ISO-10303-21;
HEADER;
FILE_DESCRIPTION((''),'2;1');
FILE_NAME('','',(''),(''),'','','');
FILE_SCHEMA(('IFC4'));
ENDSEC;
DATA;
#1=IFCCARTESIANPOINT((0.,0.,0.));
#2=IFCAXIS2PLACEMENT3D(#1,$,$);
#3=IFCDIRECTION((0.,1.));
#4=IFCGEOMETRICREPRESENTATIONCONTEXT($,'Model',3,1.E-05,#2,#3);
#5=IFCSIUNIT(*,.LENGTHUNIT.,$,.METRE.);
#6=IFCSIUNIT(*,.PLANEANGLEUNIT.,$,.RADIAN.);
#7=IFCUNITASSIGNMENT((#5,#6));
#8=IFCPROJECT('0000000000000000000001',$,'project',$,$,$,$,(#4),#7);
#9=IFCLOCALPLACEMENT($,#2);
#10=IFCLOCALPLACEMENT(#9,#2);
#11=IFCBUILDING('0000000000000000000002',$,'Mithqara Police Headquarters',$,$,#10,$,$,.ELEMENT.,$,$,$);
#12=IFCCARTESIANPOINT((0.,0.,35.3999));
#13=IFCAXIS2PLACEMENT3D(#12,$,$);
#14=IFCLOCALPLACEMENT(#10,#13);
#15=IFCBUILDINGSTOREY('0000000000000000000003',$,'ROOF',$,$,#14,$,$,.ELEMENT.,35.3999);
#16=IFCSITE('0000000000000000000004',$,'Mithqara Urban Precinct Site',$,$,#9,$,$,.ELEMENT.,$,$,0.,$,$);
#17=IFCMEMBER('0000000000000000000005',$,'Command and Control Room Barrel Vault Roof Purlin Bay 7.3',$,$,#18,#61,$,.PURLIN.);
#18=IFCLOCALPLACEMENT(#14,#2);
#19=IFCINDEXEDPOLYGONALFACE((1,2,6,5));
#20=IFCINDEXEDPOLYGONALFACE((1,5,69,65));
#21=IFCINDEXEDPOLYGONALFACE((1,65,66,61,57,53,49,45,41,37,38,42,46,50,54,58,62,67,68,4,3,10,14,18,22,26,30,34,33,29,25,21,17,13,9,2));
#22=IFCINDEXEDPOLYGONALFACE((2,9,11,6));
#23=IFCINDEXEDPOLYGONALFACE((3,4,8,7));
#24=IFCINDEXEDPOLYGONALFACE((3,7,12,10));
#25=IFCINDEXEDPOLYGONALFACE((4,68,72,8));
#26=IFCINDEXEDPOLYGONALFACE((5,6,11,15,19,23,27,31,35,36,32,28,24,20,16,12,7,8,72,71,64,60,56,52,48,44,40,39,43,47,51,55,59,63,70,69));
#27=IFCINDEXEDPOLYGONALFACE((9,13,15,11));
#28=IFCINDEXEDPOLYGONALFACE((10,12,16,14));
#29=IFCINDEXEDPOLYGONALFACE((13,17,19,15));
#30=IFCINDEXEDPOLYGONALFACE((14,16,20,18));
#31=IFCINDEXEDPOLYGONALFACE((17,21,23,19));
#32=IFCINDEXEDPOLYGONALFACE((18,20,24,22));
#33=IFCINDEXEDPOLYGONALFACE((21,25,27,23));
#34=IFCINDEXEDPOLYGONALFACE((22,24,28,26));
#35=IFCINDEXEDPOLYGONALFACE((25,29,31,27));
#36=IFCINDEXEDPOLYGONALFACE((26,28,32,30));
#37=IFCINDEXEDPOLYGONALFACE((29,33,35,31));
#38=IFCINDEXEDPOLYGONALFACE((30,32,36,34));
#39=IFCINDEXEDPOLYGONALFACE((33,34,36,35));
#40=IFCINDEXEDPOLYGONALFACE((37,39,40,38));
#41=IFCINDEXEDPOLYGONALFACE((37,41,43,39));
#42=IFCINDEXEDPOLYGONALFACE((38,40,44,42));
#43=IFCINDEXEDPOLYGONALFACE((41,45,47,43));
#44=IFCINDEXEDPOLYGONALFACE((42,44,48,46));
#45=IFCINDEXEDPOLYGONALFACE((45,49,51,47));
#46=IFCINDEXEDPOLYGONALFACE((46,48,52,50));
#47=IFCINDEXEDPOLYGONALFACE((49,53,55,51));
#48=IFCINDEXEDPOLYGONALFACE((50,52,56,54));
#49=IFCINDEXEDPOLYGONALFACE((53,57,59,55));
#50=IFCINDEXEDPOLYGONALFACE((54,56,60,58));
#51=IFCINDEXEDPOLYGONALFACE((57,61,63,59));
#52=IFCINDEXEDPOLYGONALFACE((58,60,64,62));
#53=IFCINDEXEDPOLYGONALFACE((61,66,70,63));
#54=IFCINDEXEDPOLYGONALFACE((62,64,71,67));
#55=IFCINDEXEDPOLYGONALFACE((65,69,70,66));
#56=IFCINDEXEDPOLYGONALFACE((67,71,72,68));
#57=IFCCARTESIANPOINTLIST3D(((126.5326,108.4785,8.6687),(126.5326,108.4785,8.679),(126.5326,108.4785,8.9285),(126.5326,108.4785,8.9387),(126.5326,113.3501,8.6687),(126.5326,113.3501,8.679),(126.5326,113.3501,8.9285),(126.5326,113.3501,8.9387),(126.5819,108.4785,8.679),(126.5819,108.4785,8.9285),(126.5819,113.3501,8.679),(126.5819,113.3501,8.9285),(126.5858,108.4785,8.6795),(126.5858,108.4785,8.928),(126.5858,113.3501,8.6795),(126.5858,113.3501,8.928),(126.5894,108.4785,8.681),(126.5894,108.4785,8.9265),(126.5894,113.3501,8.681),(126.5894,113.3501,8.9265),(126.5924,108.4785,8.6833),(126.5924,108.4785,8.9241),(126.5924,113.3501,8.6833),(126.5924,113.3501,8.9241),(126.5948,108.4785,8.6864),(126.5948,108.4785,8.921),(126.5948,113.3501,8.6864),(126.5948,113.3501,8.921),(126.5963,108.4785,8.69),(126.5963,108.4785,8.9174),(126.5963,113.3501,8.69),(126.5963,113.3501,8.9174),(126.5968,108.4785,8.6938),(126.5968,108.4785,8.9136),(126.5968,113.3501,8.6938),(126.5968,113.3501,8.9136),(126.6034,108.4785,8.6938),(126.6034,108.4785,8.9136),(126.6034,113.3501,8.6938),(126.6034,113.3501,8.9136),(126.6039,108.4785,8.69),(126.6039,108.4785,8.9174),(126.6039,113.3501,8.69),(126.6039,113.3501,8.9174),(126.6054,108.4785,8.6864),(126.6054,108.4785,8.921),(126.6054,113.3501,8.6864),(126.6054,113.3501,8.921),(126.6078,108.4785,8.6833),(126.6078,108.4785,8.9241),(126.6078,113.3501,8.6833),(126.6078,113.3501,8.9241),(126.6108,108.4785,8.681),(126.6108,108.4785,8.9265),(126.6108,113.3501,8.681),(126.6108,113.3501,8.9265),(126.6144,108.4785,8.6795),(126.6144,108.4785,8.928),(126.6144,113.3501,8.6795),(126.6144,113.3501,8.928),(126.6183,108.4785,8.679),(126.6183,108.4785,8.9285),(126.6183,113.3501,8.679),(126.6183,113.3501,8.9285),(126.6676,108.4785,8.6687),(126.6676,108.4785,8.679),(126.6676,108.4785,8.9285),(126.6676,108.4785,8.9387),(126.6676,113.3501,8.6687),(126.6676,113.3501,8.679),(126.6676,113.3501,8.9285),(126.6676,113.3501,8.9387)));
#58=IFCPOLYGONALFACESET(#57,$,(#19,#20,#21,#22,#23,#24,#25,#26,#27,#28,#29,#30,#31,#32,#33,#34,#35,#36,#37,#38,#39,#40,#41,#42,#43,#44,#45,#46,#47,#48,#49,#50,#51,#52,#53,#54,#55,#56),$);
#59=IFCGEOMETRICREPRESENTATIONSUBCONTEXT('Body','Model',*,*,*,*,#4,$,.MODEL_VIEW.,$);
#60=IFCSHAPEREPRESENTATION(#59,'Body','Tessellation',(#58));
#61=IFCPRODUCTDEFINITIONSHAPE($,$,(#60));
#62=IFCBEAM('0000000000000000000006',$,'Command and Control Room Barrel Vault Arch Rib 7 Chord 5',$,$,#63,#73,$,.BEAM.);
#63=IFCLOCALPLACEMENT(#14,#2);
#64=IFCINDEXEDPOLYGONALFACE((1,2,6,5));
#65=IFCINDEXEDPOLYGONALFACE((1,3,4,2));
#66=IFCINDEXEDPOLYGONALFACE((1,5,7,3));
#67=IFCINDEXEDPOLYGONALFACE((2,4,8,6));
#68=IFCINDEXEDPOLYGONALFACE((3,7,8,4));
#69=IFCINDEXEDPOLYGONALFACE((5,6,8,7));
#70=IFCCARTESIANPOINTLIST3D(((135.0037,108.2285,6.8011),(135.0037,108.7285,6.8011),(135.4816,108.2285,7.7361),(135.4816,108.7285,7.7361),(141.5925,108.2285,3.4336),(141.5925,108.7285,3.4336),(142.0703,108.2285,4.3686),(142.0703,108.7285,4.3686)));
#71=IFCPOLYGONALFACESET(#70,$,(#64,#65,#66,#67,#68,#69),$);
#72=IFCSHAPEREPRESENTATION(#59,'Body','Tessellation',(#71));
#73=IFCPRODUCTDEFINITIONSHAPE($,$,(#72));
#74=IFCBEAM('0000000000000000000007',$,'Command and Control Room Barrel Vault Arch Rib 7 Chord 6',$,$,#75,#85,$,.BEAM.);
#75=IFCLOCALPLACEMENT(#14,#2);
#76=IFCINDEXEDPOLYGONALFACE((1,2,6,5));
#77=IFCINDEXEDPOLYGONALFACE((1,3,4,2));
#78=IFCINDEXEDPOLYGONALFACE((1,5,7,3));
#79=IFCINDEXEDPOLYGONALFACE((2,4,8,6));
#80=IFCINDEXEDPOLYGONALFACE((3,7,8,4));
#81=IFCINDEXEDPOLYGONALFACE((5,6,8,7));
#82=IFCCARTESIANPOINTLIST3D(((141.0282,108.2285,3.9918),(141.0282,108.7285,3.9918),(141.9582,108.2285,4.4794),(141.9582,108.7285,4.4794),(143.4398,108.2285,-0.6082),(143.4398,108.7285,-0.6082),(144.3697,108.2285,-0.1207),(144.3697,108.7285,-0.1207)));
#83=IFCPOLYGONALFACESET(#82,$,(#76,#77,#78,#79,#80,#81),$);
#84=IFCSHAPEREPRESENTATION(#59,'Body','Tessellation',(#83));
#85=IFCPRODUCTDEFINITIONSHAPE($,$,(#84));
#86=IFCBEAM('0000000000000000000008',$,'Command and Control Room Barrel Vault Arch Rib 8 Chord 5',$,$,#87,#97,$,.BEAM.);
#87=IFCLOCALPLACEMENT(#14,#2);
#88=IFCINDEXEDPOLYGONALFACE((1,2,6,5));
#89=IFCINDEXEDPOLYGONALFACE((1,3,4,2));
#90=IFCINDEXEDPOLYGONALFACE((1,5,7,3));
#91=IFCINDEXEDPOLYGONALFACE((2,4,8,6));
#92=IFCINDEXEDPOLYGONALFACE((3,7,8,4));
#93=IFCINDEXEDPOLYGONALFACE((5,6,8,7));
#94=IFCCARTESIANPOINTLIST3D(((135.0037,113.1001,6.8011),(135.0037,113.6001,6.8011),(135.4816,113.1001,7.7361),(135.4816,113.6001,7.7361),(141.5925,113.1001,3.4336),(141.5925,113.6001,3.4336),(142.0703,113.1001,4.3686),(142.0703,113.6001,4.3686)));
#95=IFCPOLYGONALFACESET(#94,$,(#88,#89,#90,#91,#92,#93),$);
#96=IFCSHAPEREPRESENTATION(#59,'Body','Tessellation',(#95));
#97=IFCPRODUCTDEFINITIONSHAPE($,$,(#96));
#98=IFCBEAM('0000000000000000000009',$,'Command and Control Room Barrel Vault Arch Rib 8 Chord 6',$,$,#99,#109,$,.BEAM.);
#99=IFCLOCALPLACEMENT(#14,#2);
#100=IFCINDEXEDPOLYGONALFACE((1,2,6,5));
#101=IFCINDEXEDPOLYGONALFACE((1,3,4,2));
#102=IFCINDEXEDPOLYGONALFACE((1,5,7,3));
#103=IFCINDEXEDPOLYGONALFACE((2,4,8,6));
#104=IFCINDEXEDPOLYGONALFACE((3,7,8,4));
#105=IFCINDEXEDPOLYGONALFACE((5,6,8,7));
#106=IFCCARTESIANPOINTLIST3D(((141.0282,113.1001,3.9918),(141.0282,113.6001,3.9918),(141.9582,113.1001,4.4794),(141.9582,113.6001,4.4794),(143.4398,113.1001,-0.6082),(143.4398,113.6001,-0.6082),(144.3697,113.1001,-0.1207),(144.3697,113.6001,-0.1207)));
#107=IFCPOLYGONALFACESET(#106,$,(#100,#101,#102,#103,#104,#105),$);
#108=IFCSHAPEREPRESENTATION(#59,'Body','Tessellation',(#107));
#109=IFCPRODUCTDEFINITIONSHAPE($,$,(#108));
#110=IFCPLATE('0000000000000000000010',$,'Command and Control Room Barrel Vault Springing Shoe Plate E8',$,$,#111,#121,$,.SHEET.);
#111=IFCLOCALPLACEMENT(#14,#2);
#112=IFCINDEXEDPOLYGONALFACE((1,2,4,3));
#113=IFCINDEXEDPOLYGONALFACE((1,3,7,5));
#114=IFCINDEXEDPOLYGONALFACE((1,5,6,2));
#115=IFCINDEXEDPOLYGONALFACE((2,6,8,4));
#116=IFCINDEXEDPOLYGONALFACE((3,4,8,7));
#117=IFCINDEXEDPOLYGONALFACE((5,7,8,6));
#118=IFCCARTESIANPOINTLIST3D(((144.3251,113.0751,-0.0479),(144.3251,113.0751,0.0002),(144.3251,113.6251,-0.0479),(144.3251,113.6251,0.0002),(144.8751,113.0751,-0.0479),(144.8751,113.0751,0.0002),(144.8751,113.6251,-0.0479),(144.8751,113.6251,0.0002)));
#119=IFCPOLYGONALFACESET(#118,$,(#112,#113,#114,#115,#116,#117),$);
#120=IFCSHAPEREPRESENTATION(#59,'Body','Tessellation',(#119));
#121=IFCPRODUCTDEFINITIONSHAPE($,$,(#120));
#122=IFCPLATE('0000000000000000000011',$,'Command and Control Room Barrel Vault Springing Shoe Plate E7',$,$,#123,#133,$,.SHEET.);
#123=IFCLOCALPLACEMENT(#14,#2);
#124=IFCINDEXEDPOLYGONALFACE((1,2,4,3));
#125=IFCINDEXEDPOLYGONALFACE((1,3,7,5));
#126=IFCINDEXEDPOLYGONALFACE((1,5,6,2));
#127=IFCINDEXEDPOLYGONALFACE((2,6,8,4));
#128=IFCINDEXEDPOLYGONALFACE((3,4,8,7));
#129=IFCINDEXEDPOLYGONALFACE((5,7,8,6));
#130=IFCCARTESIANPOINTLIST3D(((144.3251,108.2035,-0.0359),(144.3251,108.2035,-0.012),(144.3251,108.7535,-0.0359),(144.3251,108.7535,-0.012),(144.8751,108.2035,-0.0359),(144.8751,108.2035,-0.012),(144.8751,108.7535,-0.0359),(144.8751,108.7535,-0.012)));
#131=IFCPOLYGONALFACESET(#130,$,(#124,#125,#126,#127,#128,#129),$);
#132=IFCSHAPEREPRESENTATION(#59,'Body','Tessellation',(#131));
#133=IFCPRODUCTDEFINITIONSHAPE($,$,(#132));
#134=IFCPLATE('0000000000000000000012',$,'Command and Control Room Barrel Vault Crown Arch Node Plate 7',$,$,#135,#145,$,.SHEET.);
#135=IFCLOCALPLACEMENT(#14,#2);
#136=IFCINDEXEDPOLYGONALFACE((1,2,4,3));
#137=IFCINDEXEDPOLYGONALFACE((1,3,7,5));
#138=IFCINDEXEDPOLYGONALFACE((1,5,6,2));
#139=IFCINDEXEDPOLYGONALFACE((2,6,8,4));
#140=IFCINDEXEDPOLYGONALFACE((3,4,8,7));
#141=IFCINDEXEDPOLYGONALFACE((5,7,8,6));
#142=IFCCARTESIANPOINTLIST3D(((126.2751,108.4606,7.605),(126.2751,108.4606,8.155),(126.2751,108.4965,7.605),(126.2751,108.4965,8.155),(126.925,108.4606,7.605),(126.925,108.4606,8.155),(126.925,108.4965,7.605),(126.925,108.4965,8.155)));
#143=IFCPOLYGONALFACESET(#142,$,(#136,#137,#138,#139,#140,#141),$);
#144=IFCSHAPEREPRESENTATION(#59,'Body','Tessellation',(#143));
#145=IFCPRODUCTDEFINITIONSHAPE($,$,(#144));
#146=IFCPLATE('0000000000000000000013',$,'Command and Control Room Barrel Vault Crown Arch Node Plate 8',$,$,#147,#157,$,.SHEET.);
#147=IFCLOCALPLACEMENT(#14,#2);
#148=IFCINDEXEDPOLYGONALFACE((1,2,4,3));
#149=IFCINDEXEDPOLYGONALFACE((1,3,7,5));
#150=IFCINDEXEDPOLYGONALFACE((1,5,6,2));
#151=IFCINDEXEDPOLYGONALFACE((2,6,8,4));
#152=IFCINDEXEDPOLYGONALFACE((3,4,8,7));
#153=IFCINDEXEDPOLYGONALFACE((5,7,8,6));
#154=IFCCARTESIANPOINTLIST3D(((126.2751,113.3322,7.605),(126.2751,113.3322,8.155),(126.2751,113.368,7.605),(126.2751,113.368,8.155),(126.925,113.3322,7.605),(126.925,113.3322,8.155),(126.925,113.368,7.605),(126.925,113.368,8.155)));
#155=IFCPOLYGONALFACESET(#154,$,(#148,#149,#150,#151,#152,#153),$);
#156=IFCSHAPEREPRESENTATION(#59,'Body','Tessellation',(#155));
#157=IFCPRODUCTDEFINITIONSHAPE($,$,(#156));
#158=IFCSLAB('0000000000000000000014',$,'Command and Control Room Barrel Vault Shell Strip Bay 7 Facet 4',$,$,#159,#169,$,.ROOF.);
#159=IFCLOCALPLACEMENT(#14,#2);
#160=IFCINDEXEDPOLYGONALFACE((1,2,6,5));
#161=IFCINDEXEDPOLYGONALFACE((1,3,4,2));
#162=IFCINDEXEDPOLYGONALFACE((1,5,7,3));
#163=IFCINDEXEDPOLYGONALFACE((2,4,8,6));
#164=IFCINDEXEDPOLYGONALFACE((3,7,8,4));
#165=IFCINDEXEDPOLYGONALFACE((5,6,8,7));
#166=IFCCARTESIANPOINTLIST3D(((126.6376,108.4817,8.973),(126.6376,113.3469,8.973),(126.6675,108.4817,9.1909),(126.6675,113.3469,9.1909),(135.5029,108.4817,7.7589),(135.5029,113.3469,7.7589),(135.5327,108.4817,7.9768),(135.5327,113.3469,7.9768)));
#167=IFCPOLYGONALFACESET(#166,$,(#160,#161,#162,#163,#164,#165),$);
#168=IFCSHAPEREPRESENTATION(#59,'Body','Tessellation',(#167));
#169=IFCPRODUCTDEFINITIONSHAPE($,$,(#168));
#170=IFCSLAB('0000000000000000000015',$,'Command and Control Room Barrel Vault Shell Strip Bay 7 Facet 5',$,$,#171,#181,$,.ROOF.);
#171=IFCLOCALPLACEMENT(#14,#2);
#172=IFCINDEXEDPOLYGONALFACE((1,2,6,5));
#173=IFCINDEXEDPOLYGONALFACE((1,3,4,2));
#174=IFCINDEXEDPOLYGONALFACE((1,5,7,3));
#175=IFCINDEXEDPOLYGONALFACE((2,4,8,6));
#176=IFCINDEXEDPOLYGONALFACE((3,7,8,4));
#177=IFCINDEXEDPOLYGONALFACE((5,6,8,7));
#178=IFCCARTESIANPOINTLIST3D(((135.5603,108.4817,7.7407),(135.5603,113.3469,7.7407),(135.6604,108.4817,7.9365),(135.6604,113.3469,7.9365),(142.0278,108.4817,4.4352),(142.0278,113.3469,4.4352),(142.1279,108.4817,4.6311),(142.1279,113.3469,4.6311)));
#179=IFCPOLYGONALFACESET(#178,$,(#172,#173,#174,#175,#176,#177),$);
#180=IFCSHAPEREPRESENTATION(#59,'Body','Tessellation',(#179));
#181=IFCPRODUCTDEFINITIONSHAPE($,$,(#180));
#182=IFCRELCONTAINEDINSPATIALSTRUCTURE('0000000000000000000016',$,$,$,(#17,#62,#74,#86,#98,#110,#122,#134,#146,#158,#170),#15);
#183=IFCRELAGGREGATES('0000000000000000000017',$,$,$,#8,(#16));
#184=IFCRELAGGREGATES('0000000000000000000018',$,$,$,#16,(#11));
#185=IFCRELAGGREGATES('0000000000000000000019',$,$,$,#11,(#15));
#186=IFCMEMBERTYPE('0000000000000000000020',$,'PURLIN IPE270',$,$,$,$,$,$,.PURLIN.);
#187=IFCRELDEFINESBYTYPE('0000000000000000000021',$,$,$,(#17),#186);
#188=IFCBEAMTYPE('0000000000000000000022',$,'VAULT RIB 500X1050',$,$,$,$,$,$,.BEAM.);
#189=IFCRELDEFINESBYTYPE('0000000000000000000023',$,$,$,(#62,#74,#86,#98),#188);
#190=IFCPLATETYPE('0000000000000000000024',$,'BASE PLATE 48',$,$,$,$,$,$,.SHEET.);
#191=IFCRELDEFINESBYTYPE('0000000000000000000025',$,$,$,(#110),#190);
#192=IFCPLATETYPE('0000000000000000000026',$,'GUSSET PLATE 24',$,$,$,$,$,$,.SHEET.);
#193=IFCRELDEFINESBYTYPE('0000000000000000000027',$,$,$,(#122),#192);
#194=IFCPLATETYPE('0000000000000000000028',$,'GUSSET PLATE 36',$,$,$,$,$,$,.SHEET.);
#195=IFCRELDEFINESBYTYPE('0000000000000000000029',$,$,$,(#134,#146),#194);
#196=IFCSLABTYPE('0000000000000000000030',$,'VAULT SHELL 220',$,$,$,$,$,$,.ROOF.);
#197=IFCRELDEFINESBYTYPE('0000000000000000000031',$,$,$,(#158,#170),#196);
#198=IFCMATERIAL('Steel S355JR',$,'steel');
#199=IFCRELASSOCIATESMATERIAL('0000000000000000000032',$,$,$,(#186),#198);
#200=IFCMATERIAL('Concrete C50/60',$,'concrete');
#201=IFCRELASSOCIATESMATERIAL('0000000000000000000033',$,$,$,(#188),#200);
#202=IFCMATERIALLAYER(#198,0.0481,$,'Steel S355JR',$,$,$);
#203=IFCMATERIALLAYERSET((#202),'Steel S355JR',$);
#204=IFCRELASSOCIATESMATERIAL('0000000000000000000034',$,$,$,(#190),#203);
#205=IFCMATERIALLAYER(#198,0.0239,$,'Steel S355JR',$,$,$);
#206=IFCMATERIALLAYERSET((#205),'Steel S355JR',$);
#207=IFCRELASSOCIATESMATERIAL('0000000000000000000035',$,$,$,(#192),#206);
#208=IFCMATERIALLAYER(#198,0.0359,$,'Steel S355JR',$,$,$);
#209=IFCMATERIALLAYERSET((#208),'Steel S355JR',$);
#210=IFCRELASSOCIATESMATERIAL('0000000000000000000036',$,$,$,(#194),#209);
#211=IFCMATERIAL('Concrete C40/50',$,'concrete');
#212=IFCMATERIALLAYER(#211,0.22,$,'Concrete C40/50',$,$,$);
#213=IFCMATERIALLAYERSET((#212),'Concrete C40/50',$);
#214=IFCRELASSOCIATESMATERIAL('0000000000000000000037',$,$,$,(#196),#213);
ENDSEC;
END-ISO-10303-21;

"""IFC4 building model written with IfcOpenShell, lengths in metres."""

from ifc_helpers import new_model, si_unit, direction, frame, origin, origin_2d, place, context, subcontext, project, spatial, polyline, rectangle, i_section, outline, extrude, material, layer, layer_set, material_profile, profile_set, type_object, element, save


model = new_model("IFC4")

# Units and contexts
model_context = context("Model", 3, precision=1e-05, world=origin(), true_north=direction((0.0, 1.0)))
body_context = subcontext(model_context, "Body", "Model", "MODEL_VIEW")
ifc_project = project(units=[si_unit("LENGTHUNIT", "METRE"), si_unit("PLANEANGLEUNIT", "RADIAN")], contexts=[model_context])

# Site, building, storey
site_placement = place(None, origin())
site = spatial("IfcSite", under=ifc_project, at=site_placement, Name="Mithqara Urban Precinct Site", CompositionType="ELEMENT", RefElevation=0.0)
building_placement = place(site_placement, origin())
building = spatial("IfcBuilding", under=site, at=building_placement, Name="Mithqara Police Headquarters", CompositionType="ELEMENT")
storey_placement = place(building_placement, frame((0.0, 0.0, 35.3999)))
storey = spatial("IfcBuildingStorey", under=building, at=storey_placement, Name="ROOF", CompositionType="ELEMENT", Elevation=35.3999)

# Member
ifc_material_1 = material(Name="Steel S355JR", Category="steel")
ifc_material_profile_1 = material_profile(ifc_material_1, i_section(OverallWidth=0.135, OverallDepth=0.27, WebThickness=0.0066, FlangeThickness=0.0103, FilletRadius=0.0149, at=origin_2d()), Name="IPE 270")
ifc_profile_set_1 = profile_set([ifc_material_profile_1], Name="Steel S355JR")
member_type_1 = type_object("IfcMemberType", Name="PURLIN IPE270", PredefinedType="PURLIN", material=ifc_profile_set_1)
member_1_placement = place(storey_placement, frame((126.6001, 108.4785, 8.8037), z_axis=(0.0, 1.0, 0.0), x_axis=(-1.0, 0.0, 0.0)))
element("IfcMember", 1, at=member_1_placement, inside=storey, type_object=member_type_1, Name="Command and Control Room Barrel Vault Roof Purlin Bay 7.3", PredefinedType="PURLIN", context=body_context, shape_type="SweptSolid", body=[
    extrude(i_section(OverallWidth=0.135, OverallDepth=0.27, WebThickness=0.0066, FlangeThickness=0.0103, FilletRadius=0.0149, at=origin_2d()), origin(), (0.0, 0.0, 1.0), 4.8716),
])

# Beams
ifc_material_2 = material(Name="Concrete C50/60", Category="concrete")
ifc_material_profile_2 = material_profile(ifc_material_2, rectangle(XDim=0.5, YDim=1.05, at=origin_2d()), Name="RIB 500x1050")
ifc_profile_set_2 = profile_set([ifc_material_profile_2], Name="Concrete C50/60")
beam_type = type_object("IfcBeamType", Name="VAULT RIB 500X1050", PredefinedType="BEAM", material=ifc_profile_set_2)
beam_1_placement = place(storey_placement, frame((135.2427, 108.4785, 7.2686), z_axis=(0.890439, 0.0, -0.455102), x_axis=(0.0, 1.0, 0.0)))
element("IfcBeam", 2, at=beam_1_placement, inside=storey, type_object=beam_type, Name="Command and Control Room Barrel Vault Arch Rib 7 Chord 5", PredefinedType="BEAM", context=body_context, shape_type="SweptSolid", body=[
    extrude(rectangle(XDim=0.5, YDim=1.05, at=origin_2d()), origin(), (0.0, 0.0, 1.0), 7.3994),
])
beam_2_placement = place(storey_placement, frame((141.4932, 108.4785, 4.2356), z_axis=(0.464316, 0.0, -0.88567), x_axis=(0.0, 1.0, 0.0)))
element("IfcBeam", 3, at=beam_2_placement, inside=storey, type_object=beam_type, Name="Command and Control Room Barrel Vault Arch Rib 7 Chord 6", PredefinedType="BEAM", context=body_context, shape_type="SweptSolid", body=[
    extrude(rectangle(XDim=0.5, YDim=1.05, at=origin_2d()), origin(), (0.0, 0.0, 1.0), 5.1938),
])
beam_3_placement = place(storey_placement, frame((135.2427, 113.3501, 7.2686), z_axis=(0.890439, 0.0, -0.455102), x_axis=(0.0, 1.0, 0.0)))
element("IfcBeam", 4, at=beam_3_placement, inside=storey, type_object=beam_type, Name="Command and Control Room Barrel Vault Arch Rib 8 Chord 5", PredefinedType="BEAM", context=body_context, shape_type="SweptSolid", body=[
    extrude(rectangle(XDim=0.5, YDim=1.05, at=origin_2d()), origin(), (0.0, 0.0, 1.0), 7.3994),
])
beam_4_placement = place(storey_placement, frame((141.4932, 113.3501, 4.2356), z_axis=(0.464316, 0.0, -0.88567), x_axis=(0.0, 1.0, 0.0)))
element("IfcBeam", 5, at=beam_4_placement, inside=storey, type_object=beam_type, Name="Command and Control Room Barrel Vault Arch Rib 8 Chord 6", PredefinedType="BEAM", context=body_context, shape_type="SweptSolid", body=[
    extrude(rectangle(XDim=0.5, YDim=1.05, at=origin_2d()), origin(), (0.0, 0.0, 1.0), 5.1938),
])

# Plates
ifc_layer_1 = layer(ifc_material_1, 0.0481, Name="Steel S355JR")
ifc_layer_set_1 = layer_set([ifc_layer_1], Name="Steel S355JR")
plate_type_1 = type_object("IfcPlateType", Name="BASE PLATE 48", PredefinedType="SHEET", material=ifc_layer_set_1)
plate_1_placement = place(storey_placement, frame((144.6001, 113.3501, -0.0479), z_axis=(0.0, 0.0, 1.0), x_axis=(1.0, 0.0, 0.0)))
element("IfcPlate", 6, at=plate_1_placement, inside=storey, type_object=plate_type_1, Name="Command and Control Room Barrel Vault Springing Shoe Plate E8", PredefinedType="SHEET", context=body_context, shape_type="SweptSolid", body=[
    extrude(rectangle(XDim=0.55, YDim=0.55, at=origin_2d()), origin(), (0.0, 0.0, 1.0), 0.0481),
])
ifc_layer_2 = layer(ifc_material_1, 0.0239, Name="Steel S355JR")
ifc_layer_set_2 = layer_set([ifc_layer_2], Name="Steel S355JR")
plate_type_2 = type_object("IfcPlateType", Name="GUSSET PLATE 24", PredefinedType="SHEET", material=ifc_layer_set_2)
plate_2_placement = place(storey_placement, frame((144.6001, 108.4785, -0.0359), z_axis=(0.0, 0.0, 1.0), x_axis=(1.0, 0.0, 0.0)))
element("IfcPlate", 7, at=plate_2_placement, inside=storey, type_object=plate_type_2, Name="Command and Control Room Barrel Vault Springing Shoe Plate E7", PredefinedType="SHEET", context=body_context, shape_type="SweptSolid", body=[
    extrude(rectangle(XDim=0.55, YDim=0.55, at=origin_2d()), origin(), (0.0, 0.0, 1.0), 0.0239),
])
ifc_layer_3 = layer(ifc_material_1, 0.0359, Name="Steel S355JR")
ifc_layer_set_3 = layer_set([ifc_layer_3], Name="Steel S355JR")
plate_type_3 = type_object("IfcPlateType", Name="GUSSET PLATE 36", PredefinedType="SHEET", material=ifc_layer_set_3)
for number, where, z_axis, x_axis, name in (
    (8, (126.6001, 108.4785, 7.605), (0.0, 0.0, 1.0), (1.0, 0.0, 0.0), "Command and Control Room Barrel Vault Crown Arch Node Plate 7"),
    (9, (126.6001, 113.3501, 7.605), (0.0, 0.0, 1.0), (1.0, 0.0, 0.0), "Command and Control Room Barrel Vault Crown Arch Node Plate 8"),
):
    element("IfcPlate", number, at=place(storey_placement, frame(where, z_axis=z_axis, x_axis=x_axis)), inside=storey, type_object=plate_type_3, Name=name, PredefinedType="SHEET", context=body_context, shape_type="SweptSolid", body=[
        extrude(rectangle(XDim=0.6499, YDim=0.0359, at=origin_2d()), origin(), (0.0, 0.0, 1.0), 0.55),
    ])

# Slabs
ifc_material_3 = material(Name="Concrete C40/50", Category="concrete")
ifc_layer_4 = layer(ifc_material_3, 0.22, Name="Concrete C40/50")
ifc_layer_set_4 = layer_set([ifc_layer_4], Name="Concrete C40/50")
slab_type = type_object("IfcSlabType", Name="VAULT SHELL 220", PredefinedType="ROOF", material=ifc_layer_set_4)
slab_1_placement = place(storey_placement, frame((126.6675, 108.4817, 9.1909), z_axis=(0.135685, 0.0, 0.990752), x_axis=(0.990752, 0.0, -0.135685)))
element("IfcSlab", 10, at=slab_1_placement, inside=storey, type_object=slab_type, Name="Command and Control Room Barrel Vault Shell Strip Bay 7 Facet 4", PredefinedType="ROOF", context=body_context, shape_type="SweptSolid", body=[
    extrude(outline(polyline([(0.0, 0.0), (8.948, 0.0), (8.948, 4.8652), (0.0, 4.8652), (0.0, 0.0)])), origin(), (0.0, 0.0, -1.0), 0.22),
])
slab_2_placement = place(storey_placement, frame((135.6604, 108.4817, 7.9365), z_axis=(0.455089, 0.0, 0.890446), x_axis=(0.890446, 0.0, -0.455089)))
element("IfcSlab", 11, at=slab_2_placement, inside=storey, type_object=slab_type, Name="Command and Control Room Barrel Vault Shell Strip Bay 7 Facet 5", PredefinedType="ROOF", context=body_context, shape_type="SweptSolid", body=[
    extrude(outline(polyline([(0.0, 0.0), (7.2632, 0.0), (7.2632, 4.8652), (0.0, 4.8652), (0.0, 0.0)])), origin(), (0.0, 0.0, -1.0), 0.22),
])

save(model, "model.ifc")
